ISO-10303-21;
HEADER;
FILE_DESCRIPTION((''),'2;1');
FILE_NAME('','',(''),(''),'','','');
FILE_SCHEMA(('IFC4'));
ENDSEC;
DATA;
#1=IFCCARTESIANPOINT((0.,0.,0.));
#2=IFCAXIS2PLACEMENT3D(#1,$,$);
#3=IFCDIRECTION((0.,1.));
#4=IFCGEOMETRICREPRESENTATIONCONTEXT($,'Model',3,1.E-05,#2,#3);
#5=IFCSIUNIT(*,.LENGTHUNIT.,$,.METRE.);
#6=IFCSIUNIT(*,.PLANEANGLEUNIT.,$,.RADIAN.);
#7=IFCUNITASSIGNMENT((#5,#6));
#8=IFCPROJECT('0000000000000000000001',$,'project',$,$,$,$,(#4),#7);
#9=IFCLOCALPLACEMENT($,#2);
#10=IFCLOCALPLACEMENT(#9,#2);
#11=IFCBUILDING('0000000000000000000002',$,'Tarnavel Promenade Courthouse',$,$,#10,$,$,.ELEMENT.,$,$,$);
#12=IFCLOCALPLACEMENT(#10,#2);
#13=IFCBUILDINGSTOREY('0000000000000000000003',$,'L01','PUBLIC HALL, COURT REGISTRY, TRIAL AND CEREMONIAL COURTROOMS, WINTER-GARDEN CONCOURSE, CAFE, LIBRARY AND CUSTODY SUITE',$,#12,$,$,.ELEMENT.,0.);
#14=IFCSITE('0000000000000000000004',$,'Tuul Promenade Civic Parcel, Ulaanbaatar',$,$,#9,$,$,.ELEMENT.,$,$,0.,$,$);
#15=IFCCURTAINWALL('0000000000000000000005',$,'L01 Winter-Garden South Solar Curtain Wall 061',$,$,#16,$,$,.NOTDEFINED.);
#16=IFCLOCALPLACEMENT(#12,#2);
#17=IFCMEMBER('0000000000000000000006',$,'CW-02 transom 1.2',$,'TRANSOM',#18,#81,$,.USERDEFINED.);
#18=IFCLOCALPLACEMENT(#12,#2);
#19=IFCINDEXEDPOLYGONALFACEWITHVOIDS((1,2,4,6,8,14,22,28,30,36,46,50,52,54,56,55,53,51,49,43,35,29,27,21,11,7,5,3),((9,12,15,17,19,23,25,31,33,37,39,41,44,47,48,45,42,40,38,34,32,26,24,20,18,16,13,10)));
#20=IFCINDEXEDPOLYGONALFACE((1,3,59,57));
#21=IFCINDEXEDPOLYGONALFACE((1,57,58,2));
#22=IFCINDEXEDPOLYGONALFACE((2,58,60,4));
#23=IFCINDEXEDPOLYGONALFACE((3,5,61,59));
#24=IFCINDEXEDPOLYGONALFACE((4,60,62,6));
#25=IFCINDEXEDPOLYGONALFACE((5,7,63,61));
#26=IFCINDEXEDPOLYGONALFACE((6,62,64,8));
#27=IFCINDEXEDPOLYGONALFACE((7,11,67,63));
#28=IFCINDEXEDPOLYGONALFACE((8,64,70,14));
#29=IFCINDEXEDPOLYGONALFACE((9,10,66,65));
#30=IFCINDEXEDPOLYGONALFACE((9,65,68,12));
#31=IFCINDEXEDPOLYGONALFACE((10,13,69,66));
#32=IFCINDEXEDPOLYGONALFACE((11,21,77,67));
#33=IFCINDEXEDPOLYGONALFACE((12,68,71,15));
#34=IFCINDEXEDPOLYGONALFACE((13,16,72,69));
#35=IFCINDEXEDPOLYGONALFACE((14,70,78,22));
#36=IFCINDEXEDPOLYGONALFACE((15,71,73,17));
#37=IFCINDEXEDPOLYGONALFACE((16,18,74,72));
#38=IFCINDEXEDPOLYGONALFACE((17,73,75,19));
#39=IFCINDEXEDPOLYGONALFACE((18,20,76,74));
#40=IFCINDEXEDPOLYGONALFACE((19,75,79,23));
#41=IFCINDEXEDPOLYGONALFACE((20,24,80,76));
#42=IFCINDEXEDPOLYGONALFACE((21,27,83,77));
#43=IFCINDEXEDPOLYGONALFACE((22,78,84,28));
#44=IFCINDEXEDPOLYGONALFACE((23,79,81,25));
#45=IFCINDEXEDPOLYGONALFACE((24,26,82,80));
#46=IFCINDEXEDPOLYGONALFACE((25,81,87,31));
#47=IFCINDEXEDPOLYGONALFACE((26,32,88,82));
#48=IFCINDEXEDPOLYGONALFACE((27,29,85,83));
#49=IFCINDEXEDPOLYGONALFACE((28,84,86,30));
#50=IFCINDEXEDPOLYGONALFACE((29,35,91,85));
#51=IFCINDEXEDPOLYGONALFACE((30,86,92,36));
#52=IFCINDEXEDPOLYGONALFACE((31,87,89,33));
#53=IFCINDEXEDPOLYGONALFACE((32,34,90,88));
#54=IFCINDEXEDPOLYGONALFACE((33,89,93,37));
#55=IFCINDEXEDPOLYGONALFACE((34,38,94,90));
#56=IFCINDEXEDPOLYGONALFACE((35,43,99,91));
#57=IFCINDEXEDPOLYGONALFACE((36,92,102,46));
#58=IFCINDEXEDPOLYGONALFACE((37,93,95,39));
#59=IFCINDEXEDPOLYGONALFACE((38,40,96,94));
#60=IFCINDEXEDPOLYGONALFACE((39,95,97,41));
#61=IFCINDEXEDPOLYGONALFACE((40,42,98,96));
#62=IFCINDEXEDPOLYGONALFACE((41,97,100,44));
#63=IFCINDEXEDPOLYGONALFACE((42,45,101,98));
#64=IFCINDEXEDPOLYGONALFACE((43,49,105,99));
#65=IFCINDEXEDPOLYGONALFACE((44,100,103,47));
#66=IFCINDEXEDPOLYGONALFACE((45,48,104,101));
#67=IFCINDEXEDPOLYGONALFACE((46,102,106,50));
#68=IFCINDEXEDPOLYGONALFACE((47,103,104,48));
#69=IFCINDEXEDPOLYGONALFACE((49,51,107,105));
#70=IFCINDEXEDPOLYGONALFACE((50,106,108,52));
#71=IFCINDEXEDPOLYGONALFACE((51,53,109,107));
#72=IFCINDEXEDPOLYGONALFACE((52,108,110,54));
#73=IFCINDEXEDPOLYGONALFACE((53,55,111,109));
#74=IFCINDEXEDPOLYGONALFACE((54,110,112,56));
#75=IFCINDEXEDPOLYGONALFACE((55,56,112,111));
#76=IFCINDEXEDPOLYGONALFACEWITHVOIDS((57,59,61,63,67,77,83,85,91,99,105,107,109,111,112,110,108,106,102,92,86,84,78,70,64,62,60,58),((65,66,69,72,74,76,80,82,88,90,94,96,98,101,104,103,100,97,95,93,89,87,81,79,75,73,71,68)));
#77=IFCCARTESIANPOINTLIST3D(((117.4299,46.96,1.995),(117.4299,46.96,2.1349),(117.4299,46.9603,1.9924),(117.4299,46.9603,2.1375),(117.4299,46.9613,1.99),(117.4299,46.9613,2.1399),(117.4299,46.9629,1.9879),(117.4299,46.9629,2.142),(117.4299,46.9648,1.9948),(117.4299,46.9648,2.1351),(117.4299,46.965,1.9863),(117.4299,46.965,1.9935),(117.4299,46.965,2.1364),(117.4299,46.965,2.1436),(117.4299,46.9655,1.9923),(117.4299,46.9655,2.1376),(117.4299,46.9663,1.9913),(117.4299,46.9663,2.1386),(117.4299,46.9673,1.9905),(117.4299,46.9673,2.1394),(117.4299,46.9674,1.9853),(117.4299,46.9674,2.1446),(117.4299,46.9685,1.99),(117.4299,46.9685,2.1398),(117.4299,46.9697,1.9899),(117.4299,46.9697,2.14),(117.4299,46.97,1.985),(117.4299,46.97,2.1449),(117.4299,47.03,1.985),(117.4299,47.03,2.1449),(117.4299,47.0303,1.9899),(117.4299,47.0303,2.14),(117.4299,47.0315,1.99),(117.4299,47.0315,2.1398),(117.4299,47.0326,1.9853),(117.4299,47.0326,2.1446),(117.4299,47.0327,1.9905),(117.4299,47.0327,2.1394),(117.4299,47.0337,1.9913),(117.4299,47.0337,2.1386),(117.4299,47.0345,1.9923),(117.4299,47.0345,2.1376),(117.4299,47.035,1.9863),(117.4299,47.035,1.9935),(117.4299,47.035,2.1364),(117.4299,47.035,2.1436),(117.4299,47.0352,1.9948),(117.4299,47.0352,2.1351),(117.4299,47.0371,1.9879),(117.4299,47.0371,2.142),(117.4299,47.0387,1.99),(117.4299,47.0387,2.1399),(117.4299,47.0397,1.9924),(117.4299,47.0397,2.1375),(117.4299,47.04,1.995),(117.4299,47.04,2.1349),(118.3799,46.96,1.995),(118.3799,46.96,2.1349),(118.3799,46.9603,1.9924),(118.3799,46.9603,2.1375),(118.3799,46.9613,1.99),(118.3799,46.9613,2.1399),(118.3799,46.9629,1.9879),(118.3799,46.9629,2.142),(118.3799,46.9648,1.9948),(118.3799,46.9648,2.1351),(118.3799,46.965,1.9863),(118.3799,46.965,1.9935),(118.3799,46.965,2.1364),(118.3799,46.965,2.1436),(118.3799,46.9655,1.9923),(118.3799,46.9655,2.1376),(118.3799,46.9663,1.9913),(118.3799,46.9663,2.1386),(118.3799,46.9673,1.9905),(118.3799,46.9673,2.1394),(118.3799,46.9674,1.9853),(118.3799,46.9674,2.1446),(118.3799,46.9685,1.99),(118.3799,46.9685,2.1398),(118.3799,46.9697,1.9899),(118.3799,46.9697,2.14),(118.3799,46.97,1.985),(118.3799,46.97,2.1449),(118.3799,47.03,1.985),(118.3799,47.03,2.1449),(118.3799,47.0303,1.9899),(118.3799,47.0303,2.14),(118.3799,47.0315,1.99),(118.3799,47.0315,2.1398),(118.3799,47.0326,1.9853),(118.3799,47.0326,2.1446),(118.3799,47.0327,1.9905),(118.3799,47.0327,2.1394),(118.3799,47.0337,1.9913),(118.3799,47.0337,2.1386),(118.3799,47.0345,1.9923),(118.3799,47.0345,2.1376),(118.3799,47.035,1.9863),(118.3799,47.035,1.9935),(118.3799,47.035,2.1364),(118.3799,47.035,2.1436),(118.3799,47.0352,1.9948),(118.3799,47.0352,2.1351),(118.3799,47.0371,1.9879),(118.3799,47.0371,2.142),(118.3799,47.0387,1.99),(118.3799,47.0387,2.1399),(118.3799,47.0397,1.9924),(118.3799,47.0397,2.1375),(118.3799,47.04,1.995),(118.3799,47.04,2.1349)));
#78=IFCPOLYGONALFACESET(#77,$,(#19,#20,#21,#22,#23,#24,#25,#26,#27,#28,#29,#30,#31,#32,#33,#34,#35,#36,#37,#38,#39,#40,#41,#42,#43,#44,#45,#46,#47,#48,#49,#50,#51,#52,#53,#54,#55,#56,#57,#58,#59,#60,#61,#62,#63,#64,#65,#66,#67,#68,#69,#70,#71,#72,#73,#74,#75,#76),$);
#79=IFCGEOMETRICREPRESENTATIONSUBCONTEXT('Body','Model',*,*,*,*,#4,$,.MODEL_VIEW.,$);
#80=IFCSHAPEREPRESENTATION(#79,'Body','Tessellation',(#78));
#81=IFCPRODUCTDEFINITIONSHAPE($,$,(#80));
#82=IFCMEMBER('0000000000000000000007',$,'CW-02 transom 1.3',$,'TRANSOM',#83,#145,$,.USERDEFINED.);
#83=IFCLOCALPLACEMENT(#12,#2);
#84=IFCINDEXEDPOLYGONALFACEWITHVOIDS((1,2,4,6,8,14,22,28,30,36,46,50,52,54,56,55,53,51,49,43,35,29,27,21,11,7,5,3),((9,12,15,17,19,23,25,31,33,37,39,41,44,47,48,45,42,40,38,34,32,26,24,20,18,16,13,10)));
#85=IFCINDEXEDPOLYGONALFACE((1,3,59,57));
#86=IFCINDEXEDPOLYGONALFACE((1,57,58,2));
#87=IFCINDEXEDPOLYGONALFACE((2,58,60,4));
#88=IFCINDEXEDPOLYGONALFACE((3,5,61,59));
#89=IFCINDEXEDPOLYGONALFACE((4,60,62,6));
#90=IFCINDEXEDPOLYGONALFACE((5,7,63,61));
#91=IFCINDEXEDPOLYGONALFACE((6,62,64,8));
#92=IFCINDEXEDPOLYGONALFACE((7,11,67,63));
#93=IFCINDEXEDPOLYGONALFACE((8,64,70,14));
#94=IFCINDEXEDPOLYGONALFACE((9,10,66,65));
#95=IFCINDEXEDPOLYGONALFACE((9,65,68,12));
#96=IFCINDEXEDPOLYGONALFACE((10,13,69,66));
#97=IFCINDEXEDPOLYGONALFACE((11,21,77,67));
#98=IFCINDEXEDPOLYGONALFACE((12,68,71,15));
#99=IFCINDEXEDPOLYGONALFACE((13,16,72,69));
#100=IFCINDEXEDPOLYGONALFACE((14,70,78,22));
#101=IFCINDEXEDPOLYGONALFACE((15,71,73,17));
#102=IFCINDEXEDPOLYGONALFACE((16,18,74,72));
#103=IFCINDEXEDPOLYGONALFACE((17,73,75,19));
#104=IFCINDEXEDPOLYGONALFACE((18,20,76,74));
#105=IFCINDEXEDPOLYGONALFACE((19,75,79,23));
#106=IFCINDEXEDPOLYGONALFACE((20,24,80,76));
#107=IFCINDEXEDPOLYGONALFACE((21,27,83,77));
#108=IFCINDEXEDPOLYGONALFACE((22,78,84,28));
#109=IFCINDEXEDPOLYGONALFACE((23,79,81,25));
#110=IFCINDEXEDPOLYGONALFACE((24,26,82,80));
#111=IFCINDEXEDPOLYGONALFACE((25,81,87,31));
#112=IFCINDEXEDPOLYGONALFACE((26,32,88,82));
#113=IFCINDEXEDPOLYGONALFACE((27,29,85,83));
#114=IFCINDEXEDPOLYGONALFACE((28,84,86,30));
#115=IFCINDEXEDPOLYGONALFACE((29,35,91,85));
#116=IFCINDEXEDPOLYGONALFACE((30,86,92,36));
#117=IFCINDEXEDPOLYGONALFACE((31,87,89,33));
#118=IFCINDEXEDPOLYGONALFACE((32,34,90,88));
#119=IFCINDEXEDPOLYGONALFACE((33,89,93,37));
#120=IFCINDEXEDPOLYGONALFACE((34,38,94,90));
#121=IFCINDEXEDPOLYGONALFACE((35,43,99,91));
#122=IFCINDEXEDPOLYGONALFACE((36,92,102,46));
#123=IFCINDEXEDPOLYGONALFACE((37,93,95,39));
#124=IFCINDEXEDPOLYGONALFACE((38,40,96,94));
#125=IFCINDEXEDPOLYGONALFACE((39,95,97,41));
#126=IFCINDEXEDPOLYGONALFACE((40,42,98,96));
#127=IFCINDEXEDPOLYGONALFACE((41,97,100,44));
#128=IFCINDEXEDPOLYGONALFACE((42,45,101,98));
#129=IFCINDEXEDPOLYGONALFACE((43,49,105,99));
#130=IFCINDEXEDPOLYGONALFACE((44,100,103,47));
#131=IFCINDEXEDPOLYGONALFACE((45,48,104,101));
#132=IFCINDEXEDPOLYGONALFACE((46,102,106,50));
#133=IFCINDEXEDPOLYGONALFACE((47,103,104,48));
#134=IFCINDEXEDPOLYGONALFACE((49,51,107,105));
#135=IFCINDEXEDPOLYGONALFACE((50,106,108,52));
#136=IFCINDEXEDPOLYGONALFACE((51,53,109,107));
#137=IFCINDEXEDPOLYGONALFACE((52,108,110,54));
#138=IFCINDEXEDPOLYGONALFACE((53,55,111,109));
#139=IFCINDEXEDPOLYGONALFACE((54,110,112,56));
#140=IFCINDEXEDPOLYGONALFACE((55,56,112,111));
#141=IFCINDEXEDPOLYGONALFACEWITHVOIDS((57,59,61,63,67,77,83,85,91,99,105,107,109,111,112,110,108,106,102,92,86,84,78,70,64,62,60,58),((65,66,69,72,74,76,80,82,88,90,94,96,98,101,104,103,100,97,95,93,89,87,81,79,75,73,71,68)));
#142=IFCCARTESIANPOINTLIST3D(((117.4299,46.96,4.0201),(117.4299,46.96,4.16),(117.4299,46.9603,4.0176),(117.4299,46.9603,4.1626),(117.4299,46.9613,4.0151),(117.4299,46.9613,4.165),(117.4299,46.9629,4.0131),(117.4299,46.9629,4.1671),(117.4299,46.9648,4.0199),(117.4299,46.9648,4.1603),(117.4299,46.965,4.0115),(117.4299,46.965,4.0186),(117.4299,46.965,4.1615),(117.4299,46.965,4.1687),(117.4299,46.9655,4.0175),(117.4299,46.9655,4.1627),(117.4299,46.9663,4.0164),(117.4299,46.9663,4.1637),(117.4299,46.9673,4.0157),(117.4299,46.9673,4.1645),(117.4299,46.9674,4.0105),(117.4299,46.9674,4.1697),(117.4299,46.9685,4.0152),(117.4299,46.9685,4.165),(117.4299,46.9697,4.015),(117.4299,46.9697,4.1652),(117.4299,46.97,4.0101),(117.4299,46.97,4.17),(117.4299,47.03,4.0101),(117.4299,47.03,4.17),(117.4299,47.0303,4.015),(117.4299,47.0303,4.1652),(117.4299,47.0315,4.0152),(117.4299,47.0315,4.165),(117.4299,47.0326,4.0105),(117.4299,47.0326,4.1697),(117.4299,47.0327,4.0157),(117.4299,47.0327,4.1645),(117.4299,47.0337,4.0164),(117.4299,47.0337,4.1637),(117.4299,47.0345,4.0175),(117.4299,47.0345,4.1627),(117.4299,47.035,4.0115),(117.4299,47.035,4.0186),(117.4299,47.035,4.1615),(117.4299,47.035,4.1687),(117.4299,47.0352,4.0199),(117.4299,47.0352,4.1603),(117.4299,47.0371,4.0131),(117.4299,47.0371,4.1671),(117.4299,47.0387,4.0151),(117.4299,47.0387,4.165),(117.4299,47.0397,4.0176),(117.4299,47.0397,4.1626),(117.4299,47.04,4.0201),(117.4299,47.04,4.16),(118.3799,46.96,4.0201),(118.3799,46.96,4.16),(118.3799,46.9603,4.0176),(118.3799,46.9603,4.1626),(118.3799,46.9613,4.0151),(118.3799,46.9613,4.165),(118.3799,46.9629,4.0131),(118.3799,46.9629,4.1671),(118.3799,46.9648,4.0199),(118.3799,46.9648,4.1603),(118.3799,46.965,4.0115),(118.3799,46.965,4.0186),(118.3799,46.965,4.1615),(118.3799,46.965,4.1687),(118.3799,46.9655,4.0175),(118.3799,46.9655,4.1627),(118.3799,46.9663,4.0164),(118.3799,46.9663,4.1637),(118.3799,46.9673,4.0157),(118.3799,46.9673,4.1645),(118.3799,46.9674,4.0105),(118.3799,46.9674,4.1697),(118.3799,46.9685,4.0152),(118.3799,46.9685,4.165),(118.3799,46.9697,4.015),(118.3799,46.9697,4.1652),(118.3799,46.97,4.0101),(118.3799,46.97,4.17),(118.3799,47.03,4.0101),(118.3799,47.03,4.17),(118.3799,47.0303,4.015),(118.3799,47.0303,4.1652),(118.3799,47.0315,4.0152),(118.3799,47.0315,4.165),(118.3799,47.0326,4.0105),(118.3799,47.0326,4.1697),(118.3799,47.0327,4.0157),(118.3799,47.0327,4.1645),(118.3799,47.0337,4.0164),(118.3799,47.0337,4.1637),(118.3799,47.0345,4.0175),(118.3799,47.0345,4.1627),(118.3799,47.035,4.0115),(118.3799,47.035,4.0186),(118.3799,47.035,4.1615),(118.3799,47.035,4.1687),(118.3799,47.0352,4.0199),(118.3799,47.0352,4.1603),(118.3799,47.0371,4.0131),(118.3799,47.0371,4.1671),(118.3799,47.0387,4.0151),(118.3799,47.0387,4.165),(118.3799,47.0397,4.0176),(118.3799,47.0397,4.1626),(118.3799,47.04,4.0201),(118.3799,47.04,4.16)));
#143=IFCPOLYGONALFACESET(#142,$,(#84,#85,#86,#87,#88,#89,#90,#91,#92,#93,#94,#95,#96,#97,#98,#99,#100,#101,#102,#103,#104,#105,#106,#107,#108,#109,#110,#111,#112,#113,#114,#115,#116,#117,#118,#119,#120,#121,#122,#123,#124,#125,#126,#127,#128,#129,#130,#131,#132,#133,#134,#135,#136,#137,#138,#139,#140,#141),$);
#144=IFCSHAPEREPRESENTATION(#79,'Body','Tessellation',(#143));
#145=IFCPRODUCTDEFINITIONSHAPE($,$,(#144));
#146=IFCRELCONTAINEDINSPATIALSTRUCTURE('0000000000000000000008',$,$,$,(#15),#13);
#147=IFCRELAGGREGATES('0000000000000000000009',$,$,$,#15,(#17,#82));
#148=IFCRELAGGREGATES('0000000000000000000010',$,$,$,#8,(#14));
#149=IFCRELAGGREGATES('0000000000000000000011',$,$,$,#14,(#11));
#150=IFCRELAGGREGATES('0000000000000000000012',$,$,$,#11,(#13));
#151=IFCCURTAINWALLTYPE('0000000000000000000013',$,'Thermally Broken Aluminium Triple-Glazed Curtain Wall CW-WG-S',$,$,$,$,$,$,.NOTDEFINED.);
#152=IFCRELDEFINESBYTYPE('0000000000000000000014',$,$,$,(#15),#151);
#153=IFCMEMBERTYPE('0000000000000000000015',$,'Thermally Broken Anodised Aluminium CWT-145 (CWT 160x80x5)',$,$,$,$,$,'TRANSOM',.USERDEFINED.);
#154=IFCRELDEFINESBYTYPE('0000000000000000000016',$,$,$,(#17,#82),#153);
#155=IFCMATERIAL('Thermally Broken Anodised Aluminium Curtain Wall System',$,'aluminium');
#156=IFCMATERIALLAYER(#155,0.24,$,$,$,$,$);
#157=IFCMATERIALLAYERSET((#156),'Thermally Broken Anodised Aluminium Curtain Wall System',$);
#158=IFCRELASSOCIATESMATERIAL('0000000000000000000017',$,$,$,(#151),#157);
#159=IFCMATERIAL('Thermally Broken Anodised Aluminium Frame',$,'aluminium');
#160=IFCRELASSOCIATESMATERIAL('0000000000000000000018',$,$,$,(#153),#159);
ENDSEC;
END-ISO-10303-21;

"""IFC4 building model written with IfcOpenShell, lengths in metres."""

from ifc_helpers import new_model, si_unit, direction, frame, origin, origin_2d, place, context, subcontext, project, spatial, hollow_rectangle, extrude, material, layer, layer_set, material_profile, profile_set, type_object, element, aggregate, save


model = new_model("IFC4")

# Units and contexts
model_context = context("Model", 3, precision=1e-05, world=origin(), true_north=direction((0.0, 1.0)))
body_context = subcontext(model_context, "Body", "Model", "MODEL_VIEW")
ifc_project = project(units=[si_unit("LENGTHUNIT", "METRE"), si_unit("PLANEANGLEUNIT", "RADIAN")], contexts=[model_context])

# Site, building, storey
site_placement = place(None, origin())
site = spatial("IfcSite", under=ifc_project, at=site_placement, Name="Tuul Promenade Civic Parcel, Ulaanbaatar", CompositionType="ELEMENT", RefElevation=0.0)
building_placement = place(site_placement, origin())
building = spatial("IfcBuilding", under=site, at=building_placement, Name="Tarnavel Promenade Courthouse", CompositionType="ELEMENT")
storey_placement = place(building_placement, origin())
storey = spatial("IfcBuildingStorey", under=building, at=storey_placement, Name="L01", Description="PUBLIC HALL, COURT REGISTRY, TRIAL AND CEREMONIAL COURTROOMS, WINTER-GARDEN CONCOURSE, CAFE, LIBRARY AND CUSTODY SUITE", CompositionType="ELEMENT", Elevation=0.0)

# Curtain wall
ifc_material_1 = material(Name="Thermally Broken Anodised Aluminium Curtain Wall System", Category="aluminium")
ifc_layer_1 = layer(ifc_material_1, 0.24)
ifc_layer_set_1 = layer_set([ifc_layer_1], Name="Thermally Broken Anodised Aluminium Curtain Wall System")
curtain_wall_type = type_object("IfcCurtainWallType", Name="Thermally Broken Aluminium Triple-Glazed Curtain Wall CW-WG-S", PredefinedType="NOTDEFINED", material=ifc_layer_set_1)
ifc_material_2 = material(Name="Thermally Broken Anodised Aluminium Frame", Category="aluminium")
curtain_wall_1_placement = place(storey_placement, origin())
curtain_wall_1 = element("IfcCurtainWall", 1, at=curtain_wall_1_placement, inside=storey, type_object=curtain_wall_type, Name="L01 Winter-Garden South Solar Curtain Wall 061", PredefinedType="NOTDEFINED")

# Members
ifc_material_profile_1 = material_profile(ifc_material_2, hollow_rectangle(XDim=0.0801, YDim=0.1599, WallThickness=0.0049, InnerFilletRadius=0.0049, OuterFilletRadius=0.01, at=origin_2d()), Name="CWT 160x80x5")
ifc_profile_set_1 = profile_set([ifc_material_profile_1], Name="Thermally Broken Anodised Aluminium Frame")
member_type_1 = type_object("IfcMemberType", Name="Thermally Broken Anodised Aluminium CWT-145 (CWT 160x80x5)", ElementType="TRANSOM", PredefinedType="USERDEFINED", material=ifc_profile_set_1)
member_1_placement = place(storey_placement, frame((117.4299, 47.0, 2.0649), z_axis=(1.0, 0.0, 0.0), x_axis=(0.0, 1.0, 0.0)))
member_1 = element("IfcMember", 2, at=member_1_placement, type_object=member_type_1, Name="CW-02 transom 1.2", ObjectType="TRANSOM", PredefinedType="USERDEFINED", context=body_context, shape_type="SweptSolid", body=[
    extrude(hollow_rectangle(XDim=0.0801, YDim=0.1599, WallThickness=0.0049, InnerFilletRadius=0.0049, OuterFilletRadius=0.01, at=origin_2d()), origin(), (0.0, 0.0, 1.0), 0.95),
])
member_2_placement = place(storey_placement, frame((117.4299, 47.0, 4.0901), z_axis=(1.0, 0.0, 0.0), x_axis=(0.0, 1.0, 0.0)))
member_2 = element("IfcMember", 3, at=member_2_placement, type_object=member_type_1, Name="CW-02 transom 1.3", ObjectType="TRANSOM", PredefinedType="USERDEFINED", context=body_context, shape_type="SweptSolid", body=[
    extrude(hollow_rectangle(XDim=0.0801, YDim=0.1599, WallThickness=0.0049, InnerFilletRadius=0.0049, OuterFilletRadius=0.01, at=origin_2d()), origin(), (0.0, 0.0, 1.0), 0.95),
])

aggregate(curtain_wall_1, [member_1, member_2])

save(model, "model.ifc")
